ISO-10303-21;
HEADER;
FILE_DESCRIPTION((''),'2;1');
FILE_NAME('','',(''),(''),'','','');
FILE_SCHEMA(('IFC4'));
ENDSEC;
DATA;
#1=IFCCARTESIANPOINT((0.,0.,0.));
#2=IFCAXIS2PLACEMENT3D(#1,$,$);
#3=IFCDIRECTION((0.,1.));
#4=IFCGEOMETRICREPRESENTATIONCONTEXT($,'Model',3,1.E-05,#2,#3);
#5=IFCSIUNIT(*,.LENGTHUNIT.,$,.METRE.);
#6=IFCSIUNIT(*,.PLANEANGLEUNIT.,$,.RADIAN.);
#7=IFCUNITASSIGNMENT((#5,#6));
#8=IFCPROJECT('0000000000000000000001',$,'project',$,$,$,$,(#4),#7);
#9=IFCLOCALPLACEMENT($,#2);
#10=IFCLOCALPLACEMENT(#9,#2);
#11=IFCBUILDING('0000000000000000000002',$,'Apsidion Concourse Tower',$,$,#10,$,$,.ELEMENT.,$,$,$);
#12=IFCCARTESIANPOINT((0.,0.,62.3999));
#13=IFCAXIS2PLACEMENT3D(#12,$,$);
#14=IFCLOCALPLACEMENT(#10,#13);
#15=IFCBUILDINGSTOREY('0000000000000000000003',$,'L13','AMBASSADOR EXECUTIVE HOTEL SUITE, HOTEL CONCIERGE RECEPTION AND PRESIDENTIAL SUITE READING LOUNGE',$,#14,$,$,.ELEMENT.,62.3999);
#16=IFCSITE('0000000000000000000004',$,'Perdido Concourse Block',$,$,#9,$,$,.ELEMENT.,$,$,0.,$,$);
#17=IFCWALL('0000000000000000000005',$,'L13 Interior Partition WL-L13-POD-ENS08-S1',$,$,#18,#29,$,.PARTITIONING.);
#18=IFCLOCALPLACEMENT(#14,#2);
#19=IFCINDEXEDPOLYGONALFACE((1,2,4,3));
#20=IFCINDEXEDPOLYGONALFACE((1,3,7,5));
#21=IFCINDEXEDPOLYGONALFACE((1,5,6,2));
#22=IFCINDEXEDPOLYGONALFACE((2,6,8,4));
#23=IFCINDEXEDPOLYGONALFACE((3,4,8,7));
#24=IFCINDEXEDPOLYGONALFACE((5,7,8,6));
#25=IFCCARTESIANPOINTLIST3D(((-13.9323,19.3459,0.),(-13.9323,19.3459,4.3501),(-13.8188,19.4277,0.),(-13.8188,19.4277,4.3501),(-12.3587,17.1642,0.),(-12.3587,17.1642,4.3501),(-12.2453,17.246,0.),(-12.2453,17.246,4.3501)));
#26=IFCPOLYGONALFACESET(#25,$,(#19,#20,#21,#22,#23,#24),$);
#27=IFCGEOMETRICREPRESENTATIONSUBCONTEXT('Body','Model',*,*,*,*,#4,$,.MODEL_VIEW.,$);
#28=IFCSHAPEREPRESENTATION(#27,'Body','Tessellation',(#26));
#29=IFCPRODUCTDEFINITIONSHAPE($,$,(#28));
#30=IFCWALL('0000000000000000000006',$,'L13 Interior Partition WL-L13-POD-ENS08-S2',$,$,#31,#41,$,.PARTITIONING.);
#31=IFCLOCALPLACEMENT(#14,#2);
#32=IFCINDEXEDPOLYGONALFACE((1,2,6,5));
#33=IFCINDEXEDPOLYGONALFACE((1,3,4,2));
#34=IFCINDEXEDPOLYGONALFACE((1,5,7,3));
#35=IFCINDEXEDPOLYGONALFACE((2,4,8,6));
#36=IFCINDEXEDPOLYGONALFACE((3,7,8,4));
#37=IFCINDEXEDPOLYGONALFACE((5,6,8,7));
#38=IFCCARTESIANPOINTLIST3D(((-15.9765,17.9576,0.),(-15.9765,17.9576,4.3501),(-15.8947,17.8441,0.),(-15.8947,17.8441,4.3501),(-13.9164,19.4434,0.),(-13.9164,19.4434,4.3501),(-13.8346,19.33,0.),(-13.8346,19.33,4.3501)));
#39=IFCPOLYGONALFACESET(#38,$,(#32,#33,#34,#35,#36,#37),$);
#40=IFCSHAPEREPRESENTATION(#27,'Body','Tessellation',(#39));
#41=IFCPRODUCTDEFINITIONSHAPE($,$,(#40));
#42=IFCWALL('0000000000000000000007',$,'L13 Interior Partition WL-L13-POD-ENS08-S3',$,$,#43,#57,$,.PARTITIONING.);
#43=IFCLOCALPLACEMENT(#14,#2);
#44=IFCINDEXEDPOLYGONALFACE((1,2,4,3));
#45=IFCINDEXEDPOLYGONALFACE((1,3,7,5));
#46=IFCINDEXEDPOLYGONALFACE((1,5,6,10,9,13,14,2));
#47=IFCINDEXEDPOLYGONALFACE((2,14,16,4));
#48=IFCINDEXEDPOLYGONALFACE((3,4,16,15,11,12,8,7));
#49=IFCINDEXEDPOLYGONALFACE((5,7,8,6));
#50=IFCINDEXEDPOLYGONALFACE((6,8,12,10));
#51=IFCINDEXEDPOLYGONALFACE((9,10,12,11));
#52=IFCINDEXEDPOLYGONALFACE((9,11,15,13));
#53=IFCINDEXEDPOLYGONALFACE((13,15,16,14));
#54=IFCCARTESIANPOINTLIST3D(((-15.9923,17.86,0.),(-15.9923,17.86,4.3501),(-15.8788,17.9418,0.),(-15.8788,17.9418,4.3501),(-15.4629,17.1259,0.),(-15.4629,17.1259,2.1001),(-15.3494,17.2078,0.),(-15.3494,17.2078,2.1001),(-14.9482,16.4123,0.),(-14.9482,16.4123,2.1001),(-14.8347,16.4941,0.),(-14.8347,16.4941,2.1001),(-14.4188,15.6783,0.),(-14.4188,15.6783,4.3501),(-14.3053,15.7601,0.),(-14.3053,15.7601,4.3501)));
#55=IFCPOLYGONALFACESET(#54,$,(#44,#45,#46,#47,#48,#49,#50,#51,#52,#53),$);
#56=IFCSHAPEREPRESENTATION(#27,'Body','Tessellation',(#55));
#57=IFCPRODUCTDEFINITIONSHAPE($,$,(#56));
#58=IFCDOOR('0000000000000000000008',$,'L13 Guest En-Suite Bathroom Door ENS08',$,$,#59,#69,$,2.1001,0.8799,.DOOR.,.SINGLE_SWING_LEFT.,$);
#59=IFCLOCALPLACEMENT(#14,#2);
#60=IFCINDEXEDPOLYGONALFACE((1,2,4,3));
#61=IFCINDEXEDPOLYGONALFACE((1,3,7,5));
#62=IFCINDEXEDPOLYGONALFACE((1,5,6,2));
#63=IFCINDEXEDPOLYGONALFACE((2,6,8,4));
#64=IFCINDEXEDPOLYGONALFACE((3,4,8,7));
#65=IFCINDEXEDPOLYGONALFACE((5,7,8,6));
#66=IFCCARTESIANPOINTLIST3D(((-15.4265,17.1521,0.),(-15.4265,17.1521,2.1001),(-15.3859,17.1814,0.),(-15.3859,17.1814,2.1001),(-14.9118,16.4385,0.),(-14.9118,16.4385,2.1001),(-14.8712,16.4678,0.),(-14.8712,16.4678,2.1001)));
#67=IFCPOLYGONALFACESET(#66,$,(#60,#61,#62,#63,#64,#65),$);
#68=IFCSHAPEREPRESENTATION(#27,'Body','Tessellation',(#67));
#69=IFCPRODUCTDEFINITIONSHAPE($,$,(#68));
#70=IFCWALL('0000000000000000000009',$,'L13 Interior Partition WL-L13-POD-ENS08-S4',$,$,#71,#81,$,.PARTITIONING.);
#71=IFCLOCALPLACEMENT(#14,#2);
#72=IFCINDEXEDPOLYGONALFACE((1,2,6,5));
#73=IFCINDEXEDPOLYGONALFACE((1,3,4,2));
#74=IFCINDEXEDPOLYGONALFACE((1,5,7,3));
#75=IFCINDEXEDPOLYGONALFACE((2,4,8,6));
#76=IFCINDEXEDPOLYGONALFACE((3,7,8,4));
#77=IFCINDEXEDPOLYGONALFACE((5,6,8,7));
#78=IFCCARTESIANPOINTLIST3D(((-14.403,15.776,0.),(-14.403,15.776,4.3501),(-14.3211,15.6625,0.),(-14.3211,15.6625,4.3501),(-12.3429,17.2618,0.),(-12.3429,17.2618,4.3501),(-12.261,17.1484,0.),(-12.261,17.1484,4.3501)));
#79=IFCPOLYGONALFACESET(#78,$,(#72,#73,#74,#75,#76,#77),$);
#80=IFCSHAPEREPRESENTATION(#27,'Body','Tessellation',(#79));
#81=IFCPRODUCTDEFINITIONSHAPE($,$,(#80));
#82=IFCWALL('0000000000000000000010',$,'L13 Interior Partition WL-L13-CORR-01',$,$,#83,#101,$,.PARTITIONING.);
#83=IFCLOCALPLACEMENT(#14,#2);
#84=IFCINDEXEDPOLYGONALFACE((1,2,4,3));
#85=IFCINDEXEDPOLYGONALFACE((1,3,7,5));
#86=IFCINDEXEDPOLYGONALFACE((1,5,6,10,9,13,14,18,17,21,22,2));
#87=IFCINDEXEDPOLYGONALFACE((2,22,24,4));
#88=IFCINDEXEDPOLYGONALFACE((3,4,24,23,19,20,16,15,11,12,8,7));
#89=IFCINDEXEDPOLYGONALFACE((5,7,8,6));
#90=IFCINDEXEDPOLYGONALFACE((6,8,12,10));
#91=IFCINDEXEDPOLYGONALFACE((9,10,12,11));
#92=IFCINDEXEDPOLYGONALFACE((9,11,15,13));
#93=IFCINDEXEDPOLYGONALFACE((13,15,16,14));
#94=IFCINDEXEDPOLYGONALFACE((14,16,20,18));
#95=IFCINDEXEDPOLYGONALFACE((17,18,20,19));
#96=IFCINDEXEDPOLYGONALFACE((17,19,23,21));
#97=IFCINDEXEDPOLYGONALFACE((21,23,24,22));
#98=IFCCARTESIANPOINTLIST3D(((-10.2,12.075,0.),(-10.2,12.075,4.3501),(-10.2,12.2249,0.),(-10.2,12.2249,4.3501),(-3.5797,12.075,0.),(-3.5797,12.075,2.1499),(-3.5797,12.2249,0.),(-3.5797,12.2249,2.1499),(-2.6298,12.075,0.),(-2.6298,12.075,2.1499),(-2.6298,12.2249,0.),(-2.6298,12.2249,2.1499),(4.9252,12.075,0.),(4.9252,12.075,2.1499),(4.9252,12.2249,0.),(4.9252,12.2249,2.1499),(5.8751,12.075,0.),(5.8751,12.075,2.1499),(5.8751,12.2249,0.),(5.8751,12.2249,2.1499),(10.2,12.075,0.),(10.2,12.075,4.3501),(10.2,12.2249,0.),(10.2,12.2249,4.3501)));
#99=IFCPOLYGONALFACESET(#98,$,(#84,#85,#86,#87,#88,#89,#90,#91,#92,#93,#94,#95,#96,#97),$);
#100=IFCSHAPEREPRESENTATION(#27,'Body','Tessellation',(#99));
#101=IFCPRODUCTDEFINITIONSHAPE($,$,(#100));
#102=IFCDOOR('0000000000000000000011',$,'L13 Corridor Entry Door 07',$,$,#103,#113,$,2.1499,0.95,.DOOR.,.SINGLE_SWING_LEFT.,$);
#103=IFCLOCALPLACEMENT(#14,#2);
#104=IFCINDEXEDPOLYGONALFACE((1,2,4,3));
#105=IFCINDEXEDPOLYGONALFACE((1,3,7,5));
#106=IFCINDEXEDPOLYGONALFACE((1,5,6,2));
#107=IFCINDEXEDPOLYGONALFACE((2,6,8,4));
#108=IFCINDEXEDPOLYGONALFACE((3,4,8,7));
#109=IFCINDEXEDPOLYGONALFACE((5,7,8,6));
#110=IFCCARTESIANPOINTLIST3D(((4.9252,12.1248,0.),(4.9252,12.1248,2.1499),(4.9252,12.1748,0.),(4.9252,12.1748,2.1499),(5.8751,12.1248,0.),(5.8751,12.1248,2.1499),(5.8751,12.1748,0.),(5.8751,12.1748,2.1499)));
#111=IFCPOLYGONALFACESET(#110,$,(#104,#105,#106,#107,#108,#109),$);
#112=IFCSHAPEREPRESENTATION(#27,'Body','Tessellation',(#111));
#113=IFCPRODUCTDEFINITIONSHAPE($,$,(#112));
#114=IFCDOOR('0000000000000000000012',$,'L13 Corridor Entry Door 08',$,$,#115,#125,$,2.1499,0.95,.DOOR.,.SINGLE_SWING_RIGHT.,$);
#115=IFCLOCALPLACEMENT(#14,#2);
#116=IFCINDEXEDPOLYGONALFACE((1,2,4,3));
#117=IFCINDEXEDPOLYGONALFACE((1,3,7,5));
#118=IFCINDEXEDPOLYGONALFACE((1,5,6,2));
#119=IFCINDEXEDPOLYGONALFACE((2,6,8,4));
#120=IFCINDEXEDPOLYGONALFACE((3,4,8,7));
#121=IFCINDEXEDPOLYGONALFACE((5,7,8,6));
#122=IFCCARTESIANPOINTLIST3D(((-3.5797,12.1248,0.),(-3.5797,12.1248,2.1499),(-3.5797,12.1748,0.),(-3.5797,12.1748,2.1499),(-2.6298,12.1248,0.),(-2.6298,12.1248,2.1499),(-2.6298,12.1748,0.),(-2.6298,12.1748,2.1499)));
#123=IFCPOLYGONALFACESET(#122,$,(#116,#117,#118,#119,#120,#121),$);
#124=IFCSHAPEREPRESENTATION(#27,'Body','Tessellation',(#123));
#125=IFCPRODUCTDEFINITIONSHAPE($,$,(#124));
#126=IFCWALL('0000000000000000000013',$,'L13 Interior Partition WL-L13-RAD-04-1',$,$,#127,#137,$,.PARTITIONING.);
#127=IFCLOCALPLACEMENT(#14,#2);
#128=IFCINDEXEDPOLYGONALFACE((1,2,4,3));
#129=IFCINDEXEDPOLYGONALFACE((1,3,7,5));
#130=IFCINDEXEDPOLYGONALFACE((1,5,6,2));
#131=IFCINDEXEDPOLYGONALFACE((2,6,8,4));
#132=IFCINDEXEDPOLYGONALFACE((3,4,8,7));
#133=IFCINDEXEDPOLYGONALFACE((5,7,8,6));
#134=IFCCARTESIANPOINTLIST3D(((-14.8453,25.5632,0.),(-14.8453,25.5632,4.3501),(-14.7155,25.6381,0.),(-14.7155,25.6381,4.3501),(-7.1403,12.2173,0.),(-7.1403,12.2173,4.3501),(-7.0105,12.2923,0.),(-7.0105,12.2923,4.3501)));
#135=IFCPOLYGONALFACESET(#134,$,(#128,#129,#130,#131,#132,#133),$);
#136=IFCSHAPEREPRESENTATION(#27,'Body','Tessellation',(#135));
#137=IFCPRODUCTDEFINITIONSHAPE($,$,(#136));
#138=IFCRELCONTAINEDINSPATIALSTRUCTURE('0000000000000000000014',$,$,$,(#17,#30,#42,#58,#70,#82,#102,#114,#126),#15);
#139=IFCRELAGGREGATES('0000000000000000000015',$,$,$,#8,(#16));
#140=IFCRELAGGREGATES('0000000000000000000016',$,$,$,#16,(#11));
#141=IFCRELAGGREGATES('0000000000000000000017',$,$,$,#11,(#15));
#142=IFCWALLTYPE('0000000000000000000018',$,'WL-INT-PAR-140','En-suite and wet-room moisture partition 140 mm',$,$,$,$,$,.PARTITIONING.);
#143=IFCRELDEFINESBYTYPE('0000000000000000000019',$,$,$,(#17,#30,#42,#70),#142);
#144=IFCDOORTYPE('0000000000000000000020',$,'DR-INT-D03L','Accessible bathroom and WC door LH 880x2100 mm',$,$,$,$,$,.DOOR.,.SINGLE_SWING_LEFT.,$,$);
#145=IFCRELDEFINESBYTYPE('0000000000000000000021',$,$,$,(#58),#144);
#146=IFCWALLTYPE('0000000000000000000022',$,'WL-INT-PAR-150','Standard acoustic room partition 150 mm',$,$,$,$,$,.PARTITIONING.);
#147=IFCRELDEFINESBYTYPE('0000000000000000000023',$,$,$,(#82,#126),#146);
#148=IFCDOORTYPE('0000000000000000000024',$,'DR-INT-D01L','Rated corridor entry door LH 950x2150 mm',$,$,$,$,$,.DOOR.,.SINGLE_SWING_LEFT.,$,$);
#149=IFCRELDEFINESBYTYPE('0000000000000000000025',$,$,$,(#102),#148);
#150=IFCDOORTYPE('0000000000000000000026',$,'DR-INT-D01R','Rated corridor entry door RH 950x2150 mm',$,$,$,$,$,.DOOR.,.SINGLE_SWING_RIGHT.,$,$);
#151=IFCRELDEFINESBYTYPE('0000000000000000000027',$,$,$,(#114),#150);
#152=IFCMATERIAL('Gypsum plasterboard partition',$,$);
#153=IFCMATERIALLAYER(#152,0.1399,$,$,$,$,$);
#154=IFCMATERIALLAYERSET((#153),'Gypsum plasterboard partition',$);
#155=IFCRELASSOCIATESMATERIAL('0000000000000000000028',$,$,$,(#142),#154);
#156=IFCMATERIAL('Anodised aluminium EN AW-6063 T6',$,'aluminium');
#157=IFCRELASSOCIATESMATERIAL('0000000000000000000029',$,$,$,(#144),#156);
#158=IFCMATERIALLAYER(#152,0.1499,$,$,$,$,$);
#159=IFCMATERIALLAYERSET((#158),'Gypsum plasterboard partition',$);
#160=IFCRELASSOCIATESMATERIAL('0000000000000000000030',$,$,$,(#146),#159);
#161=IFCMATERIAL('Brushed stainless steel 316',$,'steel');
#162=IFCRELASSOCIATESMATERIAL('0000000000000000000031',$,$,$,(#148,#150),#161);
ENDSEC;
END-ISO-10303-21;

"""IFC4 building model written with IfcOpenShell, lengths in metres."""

from ifc_helpers import new_model, si_unit, direction, frame, frame_2d, origin, place, context, subcontext, project, spatial, rectangle, extrude, material, layer, layer_set, type_object, element, fill, save


model = new_model("IFC4")

# Units and contexts
model_context = context("Model", 3, precision=1e-05, world=origin(), true_north=direction((0.0, 1.0)))
body_context = subcontext(model_context, "Body", "Model", "MODEL_VIEW")
ifc_project = project(units=[si_unit("LENGTHUNIT", "METRE"), si_unit("PLANEANGLEUNIT", "RADIAN")], contexts=[model_context])

# Site, building, storey
site_placement = place(None, origin())
site = spatial("IfcSite", under=ifc_project, at=site_placement, Name="Perdido Concourse Block", CompositionType="ELEMENT", RefElevation=0.0)
building_placement = place(site_placement, origin())
building = spatial("IfcBuilding", under=site, at=building_placement, Name="Apsidion Concourse Tower", CompositionType="ELEMENT")
storey_placement = place(building_placement, frame((0.0, 0.0, 62.3999)))
storey = spatial("IfcBuildingStorey", under=building, at=storey_placement, Name="L13", Description="AMBASSADOR EXECUTIVE HOTEL SUITE, HOTEL CONCIERGE RECEPTION AND PRESIDENTIAL SUITE READING LOUNGE", CompositionType="ELEMENT", Elevation=62.3999)

# Shared definitions
ifc_material_1 = material(Name="Anodised aluminium EN AW-6063 T6", Category="aluminium")

# Walls
ifc_material_2 = material(Name="Gypsum plasterboard partition")
ifc_layer_1 = layer(ifc_material_2, 0.1399)
ifc_layer_set_1 = layer_set([ifc_layer_1], Name="Gypsum plasterboard partition")
wall_type_1 = type_object("IfcWallType", Name="WL-INT-PAR-140", Description="En-suite and wet-room moisture partition 140 mm", PredefinedType="PARTITIONING", material=ifc_layer_set_1)
wall_1_placement = place(storey_placement, frame((-12.302, 17.2051, 0.0), z_axis=(0.0, 0.0, 1.0), x_axis=(-0.584967, 0.811057, 0.0)))
element("IfcWall", 1, at=wall_1_placement, inside=storey, type_object=wall_type_1, Name="L13 Interior Partition WL-L13-POD-ENS08-S1", PredefinedType="PARTITIONING", context=body_context, shape_type="SweptSolid", body=[
    extrude(rectangle(XDim=2.6899, YDim=0.1399, at=frame_2d((1.345, 0.0))), origin(), (0.0, 0.0, 1.0), 4.3501),
])
wall_2_placement = place(storey_placement, frame((-13.8755, 19.3867, 0.0), z_axis=(0.0, 0.0, 1.0), x_axis=(-0.811049, -0.584978, 0.0)))
element("IfcWall", 2, at=wall_2_placement, inside=storey, type_object=wall_type_1, Name="L13 Interior Partition WL-L13-POD-ENS08-S2", PredefinedType="PARTITIONING", context=body_context, shape_type="SweptSolid", body=[
    extrude(rectangle(XDim=2.54, YDim=0.1399, at=frame_2d((1.27, 0.0))), origin(), (0.0, 0.0, 1.0), 4.3501),
])

# Wall, opening, door
wall_3_placement = place(storey_placement, frame((-15.9355, 17.9009, 0.0), z_axis=(0.0, 0.0, 1.0), x_axis=(0.584967, -0.811057, 0.0)))
wall_3 = element("IfcWall", 3, at=wall_3_placement, inside=storey, type_object=wall_type_1, Name="L13 Interior Partition WL-L13-POD-ENS08-S3", PredefinedType="PARTITIONING", context=body_context, shape_type="SweptSolid", body=[
    extrude(rectangle(XDim=2.6899, YDim=0.1399, at=frame_2d((1.345, 0.0))), origin(), (0.0, 0.0, 1.0), 4.3501),
])
opening_1_placement = place(wall_3_placement, frame((0.905, 0.0, 0.0)))
opening_1 = element("IfcOpeningElement", 4, at=opening_1_placement, cuts=wall_3, PredefinedType="OPENING", context=body_context, shape_type="SweptSolid", body=[
    extrude(rectangle(XDim=0.8799, YDim=2.1001, at=frame_2d((0.4399, 1.05))), frame((0.0, 0.0801, 0.0), z_axis=(0.0, -1.0, 0.0), x_axis=(1.0, 0.0, 0.0)), (0.0, 0.0, 1.0), 0.1599),
])
door_type_1 = type_object("IfcDoorType", Name="DR-INT-D03L", Description="Accessible bathroom and WC door LH 880x2100 mm", OperationType="SINGLE_SWING_LEFT", PredefinedType="DOOR", material=ifc_material_1)
door_1_placement = place(opening_1_placement, origin())
door_1 = element("IfcDoor", 5, at=door_1_placement, inside=storey, type_object=door_type_1, Name="L13 Guest En-Suite Bathroom Door ENS08", OperationType="SINGLE_SWING_LEFT", OverallHeight=2.1001, OverallWidth=0.8799, PredefinedType="DOOR", context=body_context, shape_type="SweptSolid", body=[
    extrude(rectangle(XDim=0.8799, YDim=2.1001, at=frame_2d((0.4399, 1.05))), frame((0.0, 0.0249, 0.0), z_axis=(0.0, -1.0, 0.0), x_axis=(1.0, 0.0, 0.0)), (0.0, 0.0, 1.0), 0.05),
])
fill(opening_1, door_1)

# Wall
wall_4_placement = place(storey_placement, frame((-14.3621, 15.7192, 0.0), z_axis=(0.0, 0.0, 1.0), x_axis=(0.811049, 0.584978, 0.0)))
element("IfcWall", 6, at=wall_4_placement, inside=storey, type_object=wall_type_1, Name="L13 Interior Partition WL-L13-POD-ENS08-S4", PredefinedType="PARTITIONING", context=body_context, shape_type="SweptSolid", body=[
    extrude(rectangle(XDim=2.54, YDim=0.1399, at=frame_2d((1.27, 0.0))), origin(), (0.0, 0.0, 1.0), 4.3501),
])

# Wall, openings, doors
ifc_layer_2 = layer(ifc_material_2, 0.1499)
ifc_layer_set_2 = layer_set([ifc_layer_2], Name="Gypsum plasterboard partition")
wall_type_2 = type_object("IfcWallType", Name="WL-INT-PAR-150", Description="Standard acoustic room partition 150 mm", PredefinedType="PARTITIONING", material=ifc_layer_set_2)
wall_5_placement = place(storey_placement, frame((-10.2, 12.1499, 0.0), z_axis=(0.0, 0.0, 1.0), x_axis=(1.0, 0.0, 0.0)))
wall_5 = element("IfcWall", 7, at=wall_5_placement, inside=storey, type_object=wall_type_2, Name="L13 Interior Partition WL-L13-CORR-01", PredefinedType="PARTITIONING", context=body_context, shape_type="SweptSolid", body=[
    extrude(rectangle(XDim=20.3999, YDim=0.1499, at=frame_2d((10.2, 0.0))), origin(), (0.0, 0.0, 1.0), 4.3501),
])
opening_2_placement = place(wall_5_placement, frame((15.125, 0.0, 0.0)))
opening_2 = element("IfcOpeningElement", 8, at=opening_2_placement, cuts=wall_5, PredefinedType="OPENING", context=body_context, shape_type="SweptSolid", body=[
    extrude(rectangle(XDim=0.95, YDim=2.1499, at=frame_2d((0.4751, 1.075))), frame((0.0, 0.085, 0.0), z_axis=(0.0, -1.0, 0.0), x_axis=(1.0, 0.0, 0.0)), (0.0, 0.0, 1.0), 0.1699),
])
opening_3_placement = place(wall_5_placement, frame((6.6201, 0.0, 0.0)))
opening_3 = element("IfcOpeningElement", 9, at=opening_3_placement, cuts=wall_5, PredefinedType="OPENING", context=body_context, shape_type="SweptSolid", body=[
    extrude(rectangle(XDim=0.95, YDim=2.1499, at=frame_2d((0.4751, 1.075))), frame((0.0, 0.085, 0.0), z_axis=(0.0, -1.0, 0.0), x_axis=(1.0, 0.0, 0.0)), (0.0, 0.0, 1.0), 0.1699),
])
ifc_material_3 = material(Name="Brushed stainless steel 316", Category="steel")
door_type_2 = type_object("IfcDoorType", Name="DR-INT-D01L", Description="Rated corridor entry door LH 950x2150 mm", OperationType="SINGLE_SWING_LEFT", PredefinedType="DOOR", material=ifc_material_3)
door_2_placement = place(opening_2_placement, origin())
door_2 = element("IfcDoor", 10, at=door_2_placement, inside=storey, type_object=door_type_2, Name="L13 Corridor Entry Door 07", OperationType="SINGLE_SWING_LEFT", OverallHeight=2.1499, OverallWidth=0.95, PredefinedType="DOOR", context=body_context, shape_type="SweptSolid", body=[
    extrude(rectangle(XDim=0.95, YDim=2.1499, at=frame_2d((0.4751, 1.075))), frame((0.0, 0.0249, 0.0), z_axis=(0.0, -1.0, 0.0), x_axis=(1.0, 0.0, 0.0)), (0.0, 0.0, 1.0), 0.05),
])
fill(opening_2, door_2)
door_type_3 = type_object("IfcDoorType", Name="DR-INT-D01R", Description="Rated corridor entry door RH 950x2150 mm", OperationType="SINGLE_SWING_RIGHT", PredefinedType="DOOR", material=ifc_material_3)
door_3_placement = place(opening_3_placement, origin())
door_3 = element("IfcDoor", 11, at=door_3_placement, inside=storey, type_object=door_type_3, Name="L13 Corridor Entry Door 08", OperationType="SINGLE_SWING_RIGHT", OverallHeight=2.1499, OverallWidth=0.95, PredefinedType="DOOR", context=body_context, shape_type="SweptSolid", body=[
    extrude(rectangle(XDim=0.95, YDim=2.1499, at=frame_2d((0.4751, 1.075))), frame((0.0, 0.0249, 0.0), z_axis=(0.0, -1.0, 0.0), x_axis=(1.0, 0.0, 0.0)), (0.0, 0.0, 1.0), 0.05),
])
fill(opening_3, door_3)

# Wall
wall_6_placement = place(storey_placement, frame((-7.0754, 12.2549, 0.0), z_axis=(0.0, 0.0, 1.0), x_axis=(-0.49999, 0.866031, 0.0)))
element("IfcWall", 12, at=wall_6_placement, inside=storey, type_object=wall_type_2, Name="L13 Interior Partition WL-L13-RAD-04-1", PredefinedType="PARTITIONING", context=body_context, shape_type="SweptSolid", body=[
    extrude(rectangle(XDim=15.4104, YDim=0.1499, at=frame_2d((7.7051, 0.0))), origin(), (0.0, 0.0, 1.0), 4.3501),
])

save(model, "model.ifc")
